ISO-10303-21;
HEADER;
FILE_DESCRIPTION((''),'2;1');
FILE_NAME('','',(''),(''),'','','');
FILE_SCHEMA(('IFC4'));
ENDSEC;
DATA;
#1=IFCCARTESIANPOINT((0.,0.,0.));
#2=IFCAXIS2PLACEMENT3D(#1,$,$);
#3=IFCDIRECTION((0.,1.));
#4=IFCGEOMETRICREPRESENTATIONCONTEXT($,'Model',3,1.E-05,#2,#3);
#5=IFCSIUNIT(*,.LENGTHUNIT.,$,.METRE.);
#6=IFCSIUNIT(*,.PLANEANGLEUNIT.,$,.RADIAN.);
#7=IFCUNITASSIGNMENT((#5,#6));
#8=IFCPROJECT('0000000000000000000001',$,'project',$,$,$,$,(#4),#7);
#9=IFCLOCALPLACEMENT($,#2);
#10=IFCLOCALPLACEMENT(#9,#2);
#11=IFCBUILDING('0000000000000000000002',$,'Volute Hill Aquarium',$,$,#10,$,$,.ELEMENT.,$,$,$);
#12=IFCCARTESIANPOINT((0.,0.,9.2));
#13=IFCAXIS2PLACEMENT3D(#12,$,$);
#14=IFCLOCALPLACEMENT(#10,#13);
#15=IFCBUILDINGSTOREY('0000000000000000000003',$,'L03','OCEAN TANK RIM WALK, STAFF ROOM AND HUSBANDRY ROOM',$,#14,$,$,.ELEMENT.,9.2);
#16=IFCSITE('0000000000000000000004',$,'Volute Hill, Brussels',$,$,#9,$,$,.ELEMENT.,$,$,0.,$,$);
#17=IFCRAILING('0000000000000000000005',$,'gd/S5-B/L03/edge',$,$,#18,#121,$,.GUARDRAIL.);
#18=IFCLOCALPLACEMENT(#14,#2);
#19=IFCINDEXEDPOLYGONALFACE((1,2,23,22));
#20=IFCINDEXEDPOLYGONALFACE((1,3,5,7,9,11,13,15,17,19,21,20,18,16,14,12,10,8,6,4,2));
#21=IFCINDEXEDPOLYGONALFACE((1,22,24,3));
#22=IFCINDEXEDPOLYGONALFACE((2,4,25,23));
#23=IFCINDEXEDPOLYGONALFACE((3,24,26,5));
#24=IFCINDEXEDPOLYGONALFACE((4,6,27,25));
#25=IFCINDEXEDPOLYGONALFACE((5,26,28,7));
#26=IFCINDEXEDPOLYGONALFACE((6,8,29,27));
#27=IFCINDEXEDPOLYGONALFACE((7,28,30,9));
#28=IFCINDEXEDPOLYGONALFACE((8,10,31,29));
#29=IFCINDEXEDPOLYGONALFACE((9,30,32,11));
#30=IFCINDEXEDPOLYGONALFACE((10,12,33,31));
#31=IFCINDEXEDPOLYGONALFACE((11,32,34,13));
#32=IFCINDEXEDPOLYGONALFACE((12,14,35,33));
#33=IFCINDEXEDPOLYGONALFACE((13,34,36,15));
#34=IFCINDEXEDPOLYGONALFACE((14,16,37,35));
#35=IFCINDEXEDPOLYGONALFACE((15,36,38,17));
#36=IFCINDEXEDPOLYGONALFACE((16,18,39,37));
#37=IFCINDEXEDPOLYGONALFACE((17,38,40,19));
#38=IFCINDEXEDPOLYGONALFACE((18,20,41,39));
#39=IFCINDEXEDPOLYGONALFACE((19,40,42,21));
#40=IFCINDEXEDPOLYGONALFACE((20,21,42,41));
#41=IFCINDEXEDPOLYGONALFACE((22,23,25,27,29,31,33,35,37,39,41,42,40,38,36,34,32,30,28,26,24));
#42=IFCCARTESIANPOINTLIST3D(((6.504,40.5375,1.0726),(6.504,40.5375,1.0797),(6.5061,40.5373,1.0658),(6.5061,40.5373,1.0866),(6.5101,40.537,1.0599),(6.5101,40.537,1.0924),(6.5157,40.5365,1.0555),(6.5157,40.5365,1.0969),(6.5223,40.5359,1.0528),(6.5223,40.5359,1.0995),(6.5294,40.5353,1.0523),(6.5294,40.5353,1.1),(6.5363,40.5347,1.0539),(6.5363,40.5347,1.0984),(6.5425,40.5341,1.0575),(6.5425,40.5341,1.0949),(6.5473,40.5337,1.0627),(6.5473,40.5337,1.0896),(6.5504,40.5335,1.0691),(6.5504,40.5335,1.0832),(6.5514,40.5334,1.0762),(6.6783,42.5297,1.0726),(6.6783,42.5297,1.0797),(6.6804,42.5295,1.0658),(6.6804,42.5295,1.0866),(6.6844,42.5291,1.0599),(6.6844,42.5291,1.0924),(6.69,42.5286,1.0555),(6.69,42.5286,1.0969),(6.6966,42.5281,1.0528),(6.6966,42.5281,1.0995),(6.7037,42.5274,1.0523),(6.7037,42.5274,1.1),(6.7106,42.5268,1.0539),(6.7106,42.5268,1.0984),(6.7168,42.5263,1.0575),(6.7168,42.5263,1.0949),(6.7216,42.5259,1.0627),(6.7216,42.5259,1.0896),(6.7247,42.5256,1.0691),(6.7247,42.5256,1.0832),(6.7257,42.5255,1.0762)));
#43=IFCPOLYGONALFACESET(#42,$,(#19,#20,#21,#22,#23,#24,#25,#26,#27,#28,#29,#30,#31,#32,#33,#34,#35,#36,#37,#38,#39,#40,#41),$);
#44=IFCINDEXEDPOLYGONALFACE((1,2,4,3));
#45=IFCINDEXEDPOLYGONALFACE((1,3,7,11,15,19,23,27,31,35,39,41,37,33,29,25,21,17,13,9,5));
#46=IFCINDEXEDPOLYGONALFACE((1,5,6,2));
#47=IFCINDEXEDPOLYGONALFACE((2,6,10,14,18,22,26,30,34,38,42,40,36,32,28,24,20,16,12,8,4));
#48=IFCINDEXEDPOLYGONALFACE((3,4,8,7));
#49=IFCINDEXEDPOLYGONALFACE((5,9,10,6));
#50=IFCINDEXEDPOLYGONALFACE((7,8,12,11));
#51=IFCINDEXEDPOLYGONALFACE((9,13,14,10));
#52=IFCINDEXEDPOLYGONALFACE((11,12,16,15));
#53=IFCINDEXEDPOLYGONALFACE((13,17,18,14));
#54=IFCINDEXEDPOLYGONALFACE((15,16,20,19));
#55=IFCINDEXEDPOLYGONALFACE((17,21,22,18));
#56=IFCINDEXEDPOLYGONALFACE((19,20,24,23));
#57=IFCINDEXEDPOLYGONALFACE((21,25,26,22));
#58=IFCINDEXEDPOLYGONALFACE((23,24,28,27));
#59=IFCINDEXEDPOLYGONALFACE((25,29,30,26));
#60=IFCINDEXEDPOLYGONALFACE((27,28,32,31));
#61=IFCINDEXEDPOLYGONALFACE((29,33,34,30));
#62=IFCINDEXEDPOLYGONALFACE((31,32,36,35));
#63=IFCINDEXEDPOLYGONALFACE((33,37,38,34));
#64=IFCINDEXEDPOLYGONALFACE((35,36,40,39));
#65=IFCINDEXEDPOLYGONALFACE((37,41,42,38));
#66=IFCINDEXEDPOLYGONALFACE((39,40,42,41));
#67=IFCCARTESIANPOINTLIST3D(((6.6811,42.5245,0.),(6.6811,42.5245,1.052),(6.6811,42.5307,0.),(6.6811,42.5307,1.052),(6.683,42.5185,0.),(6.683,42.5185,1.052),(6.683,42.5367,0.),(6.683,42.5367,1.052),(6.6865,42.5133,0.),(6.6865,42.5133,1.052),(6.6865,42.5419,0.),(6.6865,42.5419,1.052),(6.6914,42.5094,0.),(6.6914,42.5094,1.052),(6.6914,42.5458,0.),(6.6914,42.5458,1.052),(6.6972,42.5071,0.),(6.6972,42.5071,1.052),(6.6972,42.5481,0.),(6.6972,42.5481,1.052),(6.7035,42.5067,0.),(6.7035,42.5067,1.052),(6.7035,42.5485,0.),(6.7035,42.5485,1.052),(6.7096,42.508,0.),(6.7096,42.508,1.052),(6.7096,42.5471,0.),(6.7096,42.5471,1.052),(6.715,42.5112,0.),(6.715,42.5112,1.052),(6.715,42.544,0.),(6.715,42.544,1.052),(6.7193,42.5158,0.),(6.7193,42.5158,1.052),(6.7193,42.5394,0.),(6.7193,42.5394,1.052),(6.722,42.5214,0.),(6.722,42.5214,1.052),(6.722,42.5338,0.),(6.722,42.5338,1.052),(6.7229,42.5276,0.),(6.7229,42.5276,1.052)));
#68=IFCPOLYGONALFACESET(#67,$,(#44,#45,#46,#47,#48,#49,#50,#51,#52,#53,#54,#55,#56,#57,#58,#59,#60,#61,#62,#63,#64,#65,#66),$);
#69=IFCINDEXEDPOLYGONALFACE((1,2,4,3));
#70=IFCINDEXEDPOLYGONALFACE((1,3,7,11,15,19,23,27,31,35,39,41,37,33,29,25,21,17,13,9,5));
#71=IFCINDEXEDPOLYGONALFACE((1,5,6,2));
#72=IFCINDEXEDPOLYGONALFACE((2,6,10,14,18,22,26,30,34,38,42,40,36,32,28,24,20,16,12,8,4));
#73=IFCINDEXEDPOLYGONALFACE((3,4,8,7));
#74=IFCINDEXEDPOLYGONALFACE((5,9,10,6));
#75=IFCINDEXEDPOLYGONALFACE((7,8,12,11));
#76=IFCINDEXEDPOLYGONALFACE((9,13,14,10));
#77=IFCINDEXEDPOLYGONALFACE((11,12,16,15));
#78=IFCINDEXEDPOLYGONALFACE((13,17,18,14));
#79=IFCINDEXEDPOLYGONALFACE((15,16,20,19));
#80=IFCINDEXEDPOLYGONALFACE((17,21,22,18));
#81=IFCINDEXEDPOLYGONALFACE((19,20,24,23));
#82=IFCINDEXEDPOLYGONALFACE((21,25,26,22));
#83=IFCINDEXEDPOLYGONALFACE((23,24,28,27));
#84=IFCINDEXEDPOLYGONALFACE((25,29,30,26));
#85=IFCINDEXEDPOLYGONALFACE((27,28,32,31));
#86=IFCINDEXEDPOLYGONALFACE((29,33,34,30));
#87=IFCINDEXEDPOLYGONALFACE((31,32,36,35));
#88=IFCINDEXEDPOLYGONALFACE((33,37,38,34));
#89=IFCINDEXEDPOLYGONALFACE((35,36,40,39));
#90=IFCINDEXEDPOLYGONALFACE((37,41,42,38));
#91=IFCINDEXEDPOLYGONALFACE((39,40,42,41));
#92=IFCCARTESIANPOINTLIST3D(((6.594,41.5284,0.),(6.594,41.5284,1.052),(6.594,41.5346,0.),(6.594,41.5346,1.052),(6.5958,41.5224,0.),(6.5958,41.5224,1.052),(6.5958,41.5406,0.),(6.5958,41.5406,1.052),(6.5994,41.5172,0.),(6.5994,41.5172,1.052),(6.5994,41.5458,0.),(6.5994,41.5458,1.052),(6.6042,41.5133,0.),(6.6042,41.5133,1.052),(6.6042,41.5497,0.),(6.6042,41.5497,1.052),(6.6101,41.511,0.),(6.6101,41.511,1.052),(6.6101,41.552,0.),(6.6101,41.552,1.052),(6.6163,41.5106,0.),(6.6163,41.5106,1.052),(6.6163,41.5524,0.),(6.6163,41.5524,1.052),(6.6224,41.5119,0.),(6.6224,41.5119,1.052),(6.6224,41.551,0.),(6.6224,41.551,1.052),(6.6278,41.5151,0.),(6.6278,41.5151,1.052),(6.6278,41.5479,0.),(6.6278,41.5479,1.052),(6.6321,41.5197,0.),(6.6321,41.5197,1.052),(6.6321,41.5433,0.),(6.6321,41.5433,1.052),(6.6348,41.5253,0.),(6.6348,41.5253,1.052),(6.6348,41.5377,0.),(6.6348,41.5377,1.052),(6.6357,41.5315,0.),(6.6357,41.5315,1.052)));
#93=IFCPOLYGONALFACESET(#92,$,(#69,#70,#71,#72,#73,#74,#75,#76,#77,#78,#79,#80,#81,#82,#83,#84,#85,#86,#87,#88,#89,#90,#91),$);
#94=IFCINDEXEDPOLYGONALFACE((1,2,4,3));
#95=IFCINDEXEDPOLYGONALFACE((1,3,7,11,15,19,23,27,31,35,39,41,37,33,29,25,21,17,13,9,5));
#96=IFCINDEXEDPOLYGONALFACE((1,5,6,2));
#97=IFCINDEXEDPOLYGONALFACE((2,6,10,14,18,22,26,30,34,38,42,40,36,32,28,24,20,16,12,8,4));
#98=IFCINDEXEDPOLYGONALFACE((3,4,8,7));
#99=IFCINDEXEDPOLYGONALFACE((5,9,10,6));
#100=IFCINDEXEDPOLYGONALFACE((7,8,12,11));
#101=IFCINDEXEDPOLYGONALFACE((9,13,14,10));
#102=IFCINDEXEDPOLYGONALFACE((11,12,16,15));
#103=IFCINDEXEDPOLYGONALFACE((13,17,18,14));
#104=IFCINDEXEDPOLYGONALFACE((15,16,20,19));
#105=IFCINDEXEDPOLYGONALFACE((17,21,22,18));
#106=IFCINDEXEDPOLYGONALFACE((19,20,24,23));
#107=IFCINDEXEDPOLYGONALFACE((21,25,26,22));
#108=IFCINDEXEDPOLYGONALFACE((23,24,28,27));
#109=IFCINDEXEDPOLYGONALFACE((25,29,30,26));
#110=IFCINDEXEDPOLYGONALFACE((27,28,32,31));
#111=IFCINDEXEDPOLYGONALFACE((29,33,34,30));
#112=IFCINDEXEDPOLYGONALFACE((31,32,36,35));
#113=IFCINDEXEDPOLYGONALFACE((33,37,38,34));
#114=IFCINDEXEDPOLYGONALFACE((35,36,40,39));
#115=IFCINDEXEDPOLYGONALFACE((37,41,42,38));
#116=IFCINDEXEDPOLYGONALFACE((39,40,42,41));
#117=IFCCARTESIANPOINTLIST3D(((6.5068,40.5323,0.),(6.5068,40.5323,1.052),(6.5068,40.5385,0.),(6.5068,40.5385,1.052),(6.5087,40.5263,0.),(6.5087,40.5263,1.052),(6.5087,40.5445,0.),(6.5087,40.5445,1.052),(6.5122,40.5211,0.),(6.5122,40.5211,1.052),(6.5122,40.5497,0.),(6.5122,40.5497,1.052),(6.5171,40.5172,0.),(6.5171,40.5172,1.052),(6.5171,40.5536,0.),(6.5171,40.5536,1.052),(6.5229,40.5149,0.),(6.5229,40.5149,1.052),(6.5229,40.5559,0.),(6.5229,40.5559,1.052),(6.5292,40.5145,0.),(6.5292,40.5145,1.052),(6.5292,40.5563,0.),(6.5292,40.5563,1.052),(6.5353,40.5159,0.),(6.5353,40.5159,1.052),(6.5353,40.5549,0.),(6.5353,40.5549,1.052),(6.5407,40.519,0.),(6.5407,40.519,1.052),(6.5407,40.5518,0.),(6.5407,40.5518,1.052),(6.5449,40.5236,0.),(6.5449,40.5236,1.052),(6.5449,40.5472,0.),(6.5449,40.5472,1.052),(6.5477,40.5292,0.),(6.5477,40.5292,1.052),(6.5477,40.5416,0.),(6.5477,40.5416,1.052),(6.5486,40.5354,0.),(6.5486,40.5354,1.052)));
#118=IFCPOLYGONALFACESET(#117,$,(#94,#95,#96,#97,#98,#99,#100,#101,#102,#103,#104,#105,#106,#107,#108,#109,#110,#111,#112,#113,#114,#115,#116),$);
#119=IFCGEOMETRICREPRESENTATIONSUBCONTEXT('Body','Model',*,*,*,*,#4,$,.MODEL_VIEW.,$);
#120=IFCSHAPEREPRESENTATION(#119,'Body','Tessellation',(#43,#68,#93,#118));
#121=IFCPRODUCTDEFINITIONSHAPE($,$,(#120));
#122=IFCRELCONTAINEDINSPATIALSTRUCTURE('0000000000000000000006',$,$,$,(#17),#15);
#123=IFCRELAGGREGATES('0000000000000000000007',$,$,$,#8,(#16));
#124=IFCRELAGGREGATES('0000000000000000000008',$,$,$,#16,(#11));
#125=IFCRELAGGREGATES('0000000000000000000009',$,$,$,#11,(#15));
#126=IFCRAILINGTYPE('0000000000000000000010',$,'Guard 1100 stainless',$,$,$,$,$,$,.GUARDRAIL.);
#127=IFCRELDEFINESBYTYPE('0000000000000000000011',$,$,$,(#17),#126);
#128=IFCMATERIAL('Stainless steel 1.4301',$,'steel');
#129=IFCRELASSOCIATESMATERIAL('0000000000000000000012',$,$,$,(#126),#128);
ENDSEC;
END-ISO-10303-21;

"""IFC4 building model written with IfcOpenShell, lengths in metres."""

from ifc_helpers import new_model, si_unit, direction, frame, origin, origin_2d, place, context, subcontext, project, spatial, circle, extrude, material, type_object, element, save


model = new_model("IFC4")

# Units and contexts
model_context = context("Model", 3, precision=1e-05, world=origin(), true_north=direction((0.0, 1.0)))
body_context = subcontext(model_context, "Body", "Model", "MODEL_VIEW")
ifc_project = project(units=[si_unit("LENGTHUNIT", "METRE"), si_unit("PLANEANGLEUNIT", "RADIAN")], contexts=[model_context])

# Site, building, storey
site_placement = place(None, origin())
site = spatial("IfcSite", under=ifc_project, at=site_placement, Name="Volute Hill, Brussels", CompositionType="ELEMENT", RefElevation=0.0)
building_placement = place(site_placement, origin())
building = spatial("IfcBuilding", under=site, at=building_placement, Name="Volute Hill Aquarium", CompositionType="ELEMENT")
storey_placement = place(building_placement, frame((0.0, 0.0, 9.2)))
storey = spatial("IfcBuildingStorey", under=building, at=storey_placement, Name="L03", Description="OCEAN TANK RIM WALK, STAFF ROOM AND HUSBANDRY ROOM", CompositionType="ELEMENT", Elevation=9.2)

# Railing
ifc_material_1 = material(Name="Stainless steel 1.4301", Category="steel")
railing_type_1 = type_object("IfcRailingType", Name="Guard 1100 stainless", PredefinedType="GUARDRAIL", material=ifc_material_1)
railing_1_placement = place(storey_placement, frame((6.7019, 42.5276, 0.0)))
element("IfcRailing", 1, at=railing_1_placement, inside=storey, type_object=railing_type_1, Name="gd/S5-B/L03/edge", PredefinedType="GUARDRAIL", context=body_context, shape_type="SweptSolid", body=[
    extrude(circle(Radius=0.0239, at=origin_2d()), frame((0.0, 0.0, 1.0762), z_axis=(-0.087167, -0.996194, 0.0), x_axis=(0.996194, -0.087167, 0.0)), (0.0, 0.0, 1.0), 1.9998),
    extrude(circle(Radius=0.021, at=origin_2d()), origin(), (0.0, 0.0, 1.0), 1.052),
    extrude(circle(Radius=0.021, at=origin_2d()), frame((-0.0872, -0.9961, 0.0)), (0.0, 0.0, 1.0), 1.052),
    extrude(circle(Radius=0.021, at=origin_2d()), frame((-0.1743, -1.9922, 0.0)), (0.0, 0.0, 1.0), 1.052),
])

save(model, "model.ifc")
